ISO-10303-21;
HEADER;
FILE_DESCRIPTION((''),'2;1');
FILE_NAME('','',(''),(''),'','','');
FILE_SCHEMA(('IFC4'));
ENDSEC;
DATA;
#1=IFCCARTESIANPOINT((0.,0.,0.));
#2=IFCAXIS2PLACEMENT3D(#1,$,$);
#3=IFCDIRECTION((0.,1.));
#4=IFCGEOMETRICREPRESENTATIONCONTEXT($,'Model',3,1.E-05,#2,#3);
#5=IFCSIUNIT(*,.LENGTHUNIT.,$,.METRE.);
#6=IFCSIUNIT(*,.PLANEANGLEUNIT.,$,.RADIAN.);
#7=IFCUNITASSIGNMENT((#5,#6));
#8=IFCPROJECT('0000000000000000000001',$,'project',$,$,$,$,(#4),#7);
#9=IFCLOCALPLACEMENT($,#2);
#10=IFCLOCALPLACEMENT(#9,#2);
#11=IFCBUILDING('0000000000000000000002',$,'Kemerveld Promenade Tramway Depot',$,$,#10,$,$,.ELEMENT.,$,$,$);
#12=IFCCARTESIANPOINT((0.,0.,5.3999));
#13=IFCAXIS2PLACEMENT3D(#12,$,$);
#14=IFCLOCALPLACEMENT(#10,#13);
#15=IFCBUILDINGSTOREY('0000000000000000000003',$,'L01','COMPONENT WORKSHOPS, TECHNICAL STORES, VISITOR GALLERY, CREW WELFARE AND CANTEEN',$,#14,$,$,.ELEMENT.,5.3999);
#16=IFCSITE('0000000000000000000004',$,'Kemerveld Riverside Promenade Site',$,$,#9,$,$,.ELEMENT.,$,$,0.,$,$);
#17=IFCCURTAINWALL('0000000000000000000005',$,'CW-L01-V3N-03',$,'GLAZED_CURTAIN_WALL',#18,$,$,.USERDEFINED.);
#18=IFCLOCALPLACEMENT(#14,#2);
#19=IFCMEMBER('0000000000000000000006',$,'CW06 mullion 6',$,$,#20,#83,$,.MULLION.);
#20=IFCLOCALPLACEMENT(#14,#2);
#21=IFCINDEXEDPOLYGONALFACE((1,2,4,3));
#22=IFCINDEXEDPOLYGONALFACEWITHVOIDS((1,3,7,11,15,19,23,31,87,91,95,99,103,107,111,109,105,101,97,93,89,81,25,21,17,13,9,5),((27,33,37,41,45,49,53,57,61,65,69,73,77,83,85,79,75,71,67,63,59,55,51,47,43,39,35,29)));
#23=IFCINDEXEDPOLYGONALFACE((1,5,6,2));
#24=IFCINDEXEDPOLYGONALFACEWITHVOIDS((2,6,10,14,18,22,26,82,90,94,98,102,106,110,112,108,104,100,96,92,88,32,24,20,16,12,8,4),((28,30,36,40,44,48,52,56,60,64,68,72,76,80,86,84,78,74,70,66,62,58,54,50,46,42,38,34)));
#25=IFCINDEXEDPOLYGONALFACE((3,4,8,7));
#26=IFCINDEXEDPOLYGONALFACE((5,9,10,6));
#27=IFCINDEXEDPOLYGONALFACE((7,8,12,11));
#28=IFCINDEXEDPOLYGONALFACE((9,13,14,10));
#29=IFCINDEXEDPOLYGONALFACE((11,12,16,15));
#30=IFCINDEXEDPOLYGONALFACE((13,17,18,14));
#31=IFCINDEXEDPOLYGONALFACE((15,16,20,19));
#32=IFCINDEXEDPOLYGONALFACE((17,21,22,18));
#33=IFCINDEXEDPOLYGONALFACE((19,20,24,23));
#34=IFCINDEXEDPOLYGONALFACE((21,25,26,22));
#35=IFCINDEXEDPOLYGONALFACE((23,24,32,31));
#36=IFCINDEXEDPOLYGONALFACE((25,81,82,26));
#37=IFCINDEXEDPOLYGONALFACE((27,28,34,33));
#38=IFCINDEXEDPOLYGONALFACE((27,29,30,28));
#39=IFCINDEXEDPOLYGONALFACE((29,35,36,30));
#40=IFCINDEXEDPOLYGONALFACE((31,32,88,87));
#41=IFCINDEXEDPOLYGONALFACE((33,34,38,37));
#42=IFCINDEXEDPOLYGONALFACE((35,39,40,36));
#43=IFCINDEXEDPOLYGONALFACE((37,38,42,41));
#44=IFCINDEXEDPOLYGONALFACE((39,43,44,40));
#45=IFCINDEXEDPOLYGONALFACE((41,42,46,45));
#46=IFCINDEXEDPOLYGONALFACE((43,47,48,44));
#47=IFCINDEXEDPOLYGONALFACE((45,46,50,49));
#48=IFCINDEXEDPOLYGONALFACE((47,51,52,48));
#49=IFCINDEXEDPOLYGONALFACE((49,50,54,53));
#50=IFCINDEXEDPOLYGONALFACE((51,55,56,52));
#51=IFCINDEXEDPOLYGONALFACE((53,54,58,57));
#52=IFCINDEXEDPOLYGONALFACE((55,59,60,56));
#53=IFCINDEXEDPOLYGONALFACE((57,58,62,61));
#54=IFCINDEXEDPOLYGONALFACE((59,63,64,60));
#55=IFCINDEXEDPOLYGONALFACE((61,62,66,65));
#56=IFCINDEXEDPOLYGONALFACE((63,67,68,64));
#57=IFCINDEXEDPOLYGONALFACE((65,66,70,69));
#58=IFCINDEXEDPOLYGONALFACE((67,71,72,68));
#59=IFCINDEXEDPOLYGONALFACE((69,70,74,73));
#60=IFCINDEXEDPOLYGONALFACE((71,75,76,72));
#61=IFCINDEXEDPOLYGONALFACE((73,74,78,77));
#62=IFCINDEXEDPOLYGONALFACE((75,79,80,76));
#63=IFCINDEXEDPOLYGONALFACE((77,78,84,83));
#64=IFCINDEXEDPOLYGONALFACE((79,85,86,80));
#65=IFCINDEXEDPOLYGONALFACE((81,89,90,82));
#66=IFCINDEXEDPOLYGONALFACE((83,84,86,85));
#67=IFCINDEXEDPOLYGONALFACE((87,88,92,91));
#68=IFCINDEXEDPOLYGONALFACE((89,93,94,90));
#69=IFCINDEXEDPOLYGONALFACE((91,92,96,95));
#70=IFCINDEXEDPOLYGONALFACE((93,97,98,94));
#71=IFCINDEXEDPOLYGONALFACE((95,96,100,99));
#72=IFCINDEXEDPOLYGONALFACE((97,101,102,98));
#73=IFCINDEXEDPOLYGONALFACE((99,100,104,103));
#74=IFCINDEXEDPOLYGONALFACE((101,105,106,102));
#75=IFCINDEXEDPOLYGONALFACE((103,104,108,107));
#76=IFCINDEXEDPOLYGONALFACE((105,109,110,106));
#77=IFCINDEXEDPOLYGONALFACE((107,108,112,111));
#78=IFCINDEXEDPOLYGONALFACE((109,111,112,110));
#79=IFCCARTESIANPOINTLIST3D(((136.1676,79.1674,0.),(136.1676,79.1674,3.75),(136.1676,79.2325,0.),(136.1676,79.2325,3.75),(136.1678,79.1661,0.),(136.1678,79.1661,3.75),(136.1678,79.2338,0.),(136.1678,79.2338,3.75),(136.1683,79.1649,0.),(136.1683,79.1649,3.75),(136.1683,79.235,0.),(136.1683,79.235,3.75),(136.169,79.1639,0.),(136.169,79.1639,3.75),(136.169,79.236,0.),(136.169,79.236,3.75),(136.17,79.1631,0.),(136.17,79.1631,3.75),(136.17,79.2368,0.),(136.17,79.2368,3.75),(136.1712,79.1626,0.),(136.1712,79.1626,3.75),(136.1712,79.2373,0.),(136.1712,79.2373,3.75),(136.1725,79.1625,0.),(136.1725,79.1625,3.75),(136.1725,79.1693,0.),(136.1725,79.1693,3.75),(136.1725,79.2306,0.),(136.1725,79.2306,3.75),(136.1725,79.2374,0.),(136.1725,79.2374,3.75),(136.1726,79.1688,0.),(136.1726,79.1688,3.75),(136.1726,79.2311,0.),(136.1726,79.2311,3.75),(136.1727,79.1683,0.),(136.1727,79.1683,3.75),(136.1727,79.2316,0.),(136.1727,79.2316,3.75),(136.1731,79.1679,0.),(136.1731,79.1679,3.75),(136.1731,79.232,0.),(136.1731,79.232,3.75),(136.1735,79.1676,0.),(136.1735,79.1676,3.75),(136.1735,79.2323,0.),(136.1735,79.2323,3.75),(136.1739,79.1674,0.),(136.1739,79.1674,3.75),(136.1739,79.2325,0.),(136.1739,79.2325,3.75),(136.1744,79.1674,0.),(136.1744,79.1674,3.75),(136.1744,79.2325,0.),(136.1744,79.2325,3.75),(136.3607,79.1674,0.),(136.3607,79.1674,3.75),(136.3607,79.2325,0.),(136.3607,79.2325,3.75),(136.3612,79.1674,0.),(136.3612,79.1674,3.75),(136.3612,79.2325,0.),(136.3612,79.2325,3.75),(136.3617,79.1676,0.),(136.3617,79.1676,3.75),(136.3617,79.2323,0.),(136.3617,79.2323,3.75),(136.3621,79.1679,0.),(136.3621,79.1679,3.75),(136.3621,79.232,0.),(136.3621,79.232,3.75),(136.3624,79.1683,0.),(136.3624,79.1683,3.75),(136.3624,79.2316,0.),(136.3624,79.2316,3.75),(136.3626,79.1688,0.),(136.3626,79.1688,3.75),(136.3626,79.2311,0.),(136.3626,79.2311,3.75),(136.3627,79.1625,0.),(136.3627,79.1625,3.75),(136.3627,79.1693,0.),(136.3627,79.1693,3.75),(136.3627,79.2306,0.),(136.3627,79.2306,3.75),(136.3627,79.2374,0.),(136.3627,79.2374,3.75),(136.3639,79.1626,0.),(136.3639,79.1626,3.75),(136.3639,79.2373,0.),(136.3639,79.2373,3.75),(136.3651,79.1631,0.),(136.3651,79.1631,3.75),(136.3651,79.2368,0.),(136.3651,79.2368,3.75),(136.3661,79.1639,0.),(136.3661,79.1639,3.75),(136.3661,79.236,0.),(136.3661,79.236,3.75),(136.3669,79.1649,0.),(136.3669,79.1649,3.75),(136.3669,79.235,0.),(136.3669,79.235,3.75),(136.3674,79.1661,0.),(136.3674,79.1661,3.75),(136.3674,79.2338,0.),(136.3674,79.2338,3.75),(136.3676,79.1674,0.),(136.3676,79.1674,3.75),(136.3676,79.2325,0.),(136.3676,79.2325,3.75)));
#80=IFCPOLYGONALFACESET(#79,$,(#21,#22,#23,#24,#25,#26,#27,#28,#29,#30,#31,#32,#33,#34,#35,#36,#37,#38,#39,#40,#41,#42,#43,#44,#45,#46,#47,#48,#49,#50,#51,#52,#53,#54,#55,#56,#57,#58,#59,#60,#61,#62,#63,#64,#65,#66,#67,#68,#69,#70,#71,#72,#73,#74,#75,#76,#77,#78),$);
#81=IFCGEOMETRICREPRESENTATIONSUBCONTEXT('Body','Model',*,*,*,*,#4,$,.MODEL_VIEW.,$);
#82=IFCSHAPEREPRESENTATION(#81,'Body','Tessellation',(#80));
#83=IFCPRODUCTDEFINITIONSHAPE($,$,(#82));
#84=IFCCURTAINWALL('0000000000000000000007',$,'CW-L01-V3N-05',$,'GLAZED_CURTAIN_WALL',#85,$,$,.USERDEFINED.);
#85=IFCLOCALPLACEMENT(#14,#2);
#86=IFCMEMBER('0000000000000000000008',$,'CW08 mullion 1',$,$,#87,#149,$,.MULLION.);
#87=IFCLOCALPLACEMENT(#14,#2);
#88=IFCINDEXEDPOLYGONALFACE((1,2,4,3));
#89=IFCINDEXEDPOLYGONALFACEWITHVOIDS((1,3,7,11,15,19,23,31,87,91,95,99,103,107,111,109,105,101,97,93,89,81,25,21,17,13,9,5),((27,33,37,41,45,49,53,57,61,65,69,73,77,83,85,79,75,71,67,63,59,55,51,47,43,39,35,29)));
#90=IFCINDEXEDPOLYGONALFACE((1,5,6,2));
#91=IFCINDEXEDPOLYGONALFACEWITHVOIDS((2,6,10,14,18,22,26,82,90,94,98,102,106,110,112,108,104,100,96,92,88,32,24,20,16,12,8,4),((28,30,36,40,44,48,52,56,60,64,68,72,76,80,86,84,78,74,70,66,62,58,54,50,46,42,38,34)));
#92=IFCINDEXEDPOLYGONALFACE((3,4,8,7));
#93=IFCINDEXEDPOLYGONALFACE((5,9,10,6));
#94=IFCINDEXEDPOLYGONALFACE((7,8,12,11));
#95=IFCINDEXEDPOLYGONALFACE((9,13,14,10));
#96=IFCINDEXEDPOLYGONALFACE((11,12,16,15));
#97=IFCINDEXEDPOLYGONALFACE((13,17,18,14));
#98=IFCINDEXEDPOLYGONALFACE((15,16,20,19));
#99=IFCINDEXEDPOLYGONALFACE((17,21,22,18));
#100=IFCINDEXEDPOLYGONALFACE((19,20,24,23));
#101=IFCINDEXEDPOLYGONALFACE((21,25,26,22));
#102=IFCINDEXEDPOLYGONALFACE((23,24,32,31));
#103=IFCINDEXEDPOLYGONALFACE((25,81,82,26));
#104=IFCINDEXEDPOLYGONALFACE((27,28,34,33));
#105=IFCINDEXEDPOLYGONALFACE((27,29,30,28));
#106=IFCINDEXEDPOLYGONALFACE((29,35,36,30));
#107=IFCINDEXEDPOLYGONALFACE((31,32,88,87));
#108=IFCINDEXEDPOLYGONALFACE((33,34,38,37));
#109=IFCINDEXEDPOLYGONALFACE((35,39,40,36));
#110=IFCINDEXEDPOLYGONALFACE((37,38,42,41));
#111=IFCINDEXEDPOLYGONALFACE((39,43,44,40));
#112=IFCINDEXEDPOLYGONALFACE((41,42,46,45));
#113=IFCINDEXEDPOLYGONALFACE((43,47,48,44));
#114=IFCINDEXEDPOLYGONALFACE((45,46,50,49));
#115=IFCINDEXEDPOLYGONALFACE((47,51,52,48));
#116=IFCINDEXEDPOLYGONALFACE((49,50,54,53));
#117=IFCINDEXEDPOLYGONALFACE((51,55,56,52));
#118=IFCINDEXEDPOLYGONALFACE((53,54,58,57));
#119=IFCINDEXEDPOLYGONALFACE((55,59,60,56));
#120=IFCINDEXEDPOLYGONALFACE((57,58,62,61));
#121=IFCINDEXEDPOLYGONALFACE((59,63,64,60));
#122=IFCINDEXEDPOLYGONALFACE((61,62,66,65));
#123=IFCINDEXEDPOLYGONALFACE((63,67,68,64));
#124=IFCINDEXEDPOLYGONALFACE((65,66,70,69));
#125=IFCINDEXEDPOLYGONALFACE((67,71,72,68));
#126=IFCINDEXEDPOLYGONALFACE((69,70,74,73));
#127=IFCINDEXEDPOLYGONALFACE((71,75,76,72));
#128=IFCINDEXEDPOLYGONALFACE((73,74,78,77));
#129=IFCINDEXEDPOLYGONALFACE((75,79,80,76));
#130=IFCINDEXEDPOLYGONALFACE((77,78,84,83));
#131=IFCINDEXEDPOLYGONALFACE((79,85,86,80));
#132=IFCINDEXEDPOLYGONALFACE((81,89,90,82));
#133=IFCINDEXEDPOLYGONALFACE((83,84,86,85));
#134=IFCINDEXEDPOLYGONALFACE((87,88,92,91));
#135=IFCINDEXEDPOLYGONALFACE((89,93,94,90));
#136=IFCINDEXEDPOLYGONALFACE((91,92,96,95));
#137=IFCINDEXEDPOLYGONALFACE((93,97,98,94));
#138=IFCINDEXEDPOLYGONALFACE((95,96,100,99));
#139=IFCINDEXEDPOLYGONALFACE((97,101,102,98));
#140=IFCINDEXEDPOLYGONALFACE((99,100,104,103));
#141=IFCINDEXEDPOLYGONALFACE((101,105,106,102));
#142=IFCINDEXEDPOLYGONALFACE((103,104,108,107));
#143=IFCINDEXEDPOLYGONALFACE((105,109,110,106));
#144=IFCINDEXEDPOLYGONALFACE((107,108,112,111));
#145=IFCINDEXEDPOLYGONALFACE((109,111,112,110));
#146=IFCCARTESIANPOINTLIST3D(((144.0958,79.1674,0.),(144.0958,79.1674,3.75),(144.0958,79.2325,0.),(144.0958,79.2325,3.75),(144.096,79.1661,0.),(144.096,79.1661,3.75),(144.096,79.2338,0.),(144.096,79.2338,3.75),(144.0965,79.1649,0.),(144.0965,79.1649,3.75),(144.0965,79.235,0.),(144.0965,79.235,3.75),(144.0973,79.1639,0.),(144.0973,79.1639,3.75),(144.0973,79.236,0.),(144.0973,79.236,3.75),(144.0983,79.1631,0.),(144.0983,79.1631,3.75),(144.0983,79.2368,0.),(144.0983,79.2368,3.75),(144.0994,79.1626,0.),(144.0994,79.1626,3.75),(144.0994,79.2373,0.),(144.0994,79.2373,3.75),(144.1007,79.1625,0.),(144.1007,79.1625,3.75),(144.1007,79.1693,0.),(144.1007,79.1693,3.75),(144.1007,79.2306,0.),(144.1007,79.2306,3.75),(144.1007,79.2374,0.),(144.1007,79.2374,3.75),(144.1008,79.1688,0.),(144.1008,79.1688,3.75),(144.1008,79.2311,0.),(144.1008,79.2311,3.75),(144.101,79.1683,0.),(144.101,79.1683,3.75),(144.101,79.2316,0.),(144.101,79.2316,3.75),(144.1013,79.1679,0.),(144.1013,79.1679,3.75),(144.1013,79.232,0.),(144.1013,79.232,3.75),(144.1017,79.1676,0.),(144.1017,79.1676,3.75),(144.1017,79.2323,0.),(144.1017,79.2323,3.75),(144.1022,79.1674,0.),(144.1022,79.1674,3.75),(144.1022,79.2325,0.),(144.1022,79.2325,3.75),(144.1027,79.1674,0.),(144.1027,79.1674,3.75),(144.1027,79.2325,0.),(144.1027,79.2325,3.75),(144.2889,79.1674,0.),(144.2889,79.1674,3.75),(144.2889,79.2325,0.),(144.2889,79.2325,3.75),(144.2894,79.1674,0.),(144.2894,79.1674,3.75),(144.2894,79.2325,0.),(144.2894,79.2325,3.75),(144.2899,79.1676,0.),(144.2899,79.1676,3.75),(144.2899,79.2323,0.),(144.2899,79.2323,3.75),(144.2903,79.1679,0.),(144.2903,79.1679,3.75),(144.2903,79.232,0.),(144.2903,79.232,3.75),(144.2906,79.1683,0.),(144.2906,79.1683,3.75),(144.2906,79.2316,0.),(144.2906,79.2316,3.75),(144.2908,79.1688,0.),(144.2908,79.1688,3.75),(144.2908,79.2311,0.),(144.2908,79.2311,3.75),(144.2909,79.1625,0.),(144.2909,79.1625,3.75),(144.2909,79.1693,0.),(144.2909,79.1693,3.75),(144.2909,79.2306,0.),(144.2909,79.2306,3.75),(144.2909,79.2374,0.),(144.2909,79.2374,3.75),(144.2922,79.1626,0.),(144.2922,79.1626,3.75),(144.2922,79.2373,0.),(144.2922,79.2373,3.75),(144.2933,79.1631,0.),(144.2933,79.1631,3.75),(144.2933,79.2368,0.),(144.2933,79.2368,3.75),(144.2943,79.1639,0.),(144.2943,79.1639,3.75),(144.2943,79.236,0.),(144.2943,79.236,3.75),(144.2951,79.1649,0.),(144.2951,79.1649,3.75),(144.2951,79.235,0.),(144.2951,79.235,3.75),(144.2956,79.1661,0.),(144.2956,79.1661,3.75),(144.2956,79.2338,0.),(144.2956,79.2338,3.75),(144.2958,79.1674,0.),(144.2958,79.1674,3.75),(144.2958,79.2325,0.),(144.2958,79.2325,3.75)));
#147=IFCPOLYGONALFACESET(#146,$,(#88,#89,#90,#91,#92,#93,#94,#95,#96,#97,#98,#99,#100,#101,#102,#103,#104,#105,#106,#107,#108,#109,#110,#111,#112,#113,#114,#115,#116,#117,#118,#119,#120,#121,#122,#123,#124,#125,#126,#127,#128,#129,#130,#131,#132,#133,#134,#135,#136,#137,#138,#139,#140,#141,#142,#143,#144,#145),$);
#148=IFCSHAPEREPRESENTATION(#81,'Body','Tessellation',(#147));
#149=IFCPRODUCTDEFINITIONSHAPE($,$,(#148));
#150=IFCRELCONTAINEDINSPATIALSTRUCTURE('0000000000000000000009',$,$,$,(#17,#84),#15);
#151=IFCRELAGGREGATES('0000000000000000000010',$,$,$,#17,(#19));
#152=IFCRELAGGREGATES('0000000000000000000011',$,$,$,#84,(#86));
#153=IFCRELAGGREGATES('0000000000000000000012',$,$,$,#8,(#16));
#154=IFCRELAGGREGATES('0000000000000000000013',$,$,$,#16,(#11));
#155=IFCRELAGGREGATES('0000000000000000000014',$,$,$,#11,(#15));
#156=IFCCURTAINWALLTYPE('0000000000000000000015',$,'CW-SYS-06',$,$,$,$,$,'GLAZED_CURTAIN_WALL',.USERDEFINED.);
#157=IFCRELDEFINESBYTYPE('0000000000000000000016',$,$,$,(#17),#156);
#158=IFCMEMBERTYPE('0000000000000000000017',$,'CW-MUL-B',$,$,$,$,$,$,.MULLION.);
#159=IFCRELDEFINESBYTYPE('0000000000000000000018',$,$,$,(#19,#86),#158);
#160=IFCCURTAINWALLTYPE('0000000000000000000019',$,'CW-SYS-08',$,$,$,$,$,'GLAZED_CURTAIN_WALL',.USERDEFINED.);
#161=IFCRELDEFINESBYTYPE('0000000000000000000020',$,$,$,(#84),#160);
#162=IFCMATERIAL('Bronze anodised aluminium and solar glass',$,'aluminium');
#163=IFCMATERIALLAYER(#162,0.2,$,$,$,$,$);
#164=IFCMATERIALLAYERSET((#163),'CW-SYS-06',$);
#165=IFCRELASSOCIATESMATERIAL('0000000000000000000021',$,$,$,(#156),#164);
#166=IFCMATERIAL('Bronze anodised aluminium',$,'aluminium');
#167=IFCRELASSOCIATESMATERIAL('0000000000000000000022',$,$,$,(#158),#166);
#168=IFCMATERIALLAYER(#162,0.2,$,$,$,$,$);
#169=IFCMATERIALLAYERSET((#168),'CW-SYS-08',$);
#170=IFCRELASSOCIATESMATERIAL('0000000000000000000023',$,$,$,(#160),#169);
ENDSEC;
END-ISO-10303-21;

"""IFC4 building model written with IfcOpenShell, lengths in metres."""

from ifc_helpers import new_model, si_unit, direction, frame, origin, origin_2d, place, context, subcontext, project, spatial, hollow_rectangle, extrude, material, layer, layer_set, material_profile, profile_set, type_object, element, aggregate, save


model = new_model("IFC4")

# Units and contexts
model_context = context("Model", 3, precision=1e-05, world=origin(), true_north=direction((0.0, 1.0)))
body_context = subcontext(model_context, "Body", "Model", "MODEL_VIEW")
ifc_project = project(units=[si_unit("LENGTHUNIT", "METRE"), si_unit("PLANEANGLEUNIT", "RADIAN")], contexts=[model_context])

# Site, building, storey
site_placement = place(None, origin())
site = spatial("IfcSite", under=ifc_project, at=site_placement, Name="Kemerveld Riverside Promenade Site", CompositionType="ELEMENT", RefElevation=0.0)
building_placement = place(site_placement, origin())
building = spatial("IfcBuilding", under=site, at=building_placement, Name="Kemerveld Promenade Tramway Depot", CompositionType="ELEMENT")
storey_placement = place(building_placement, frame((0.0, 0.0, 5.3999)))
storey = spatial("IfcBuildingStorey", under=building, at=storey_placement, Name="L01", Description="COMPONENT WORKSHOPS, TECHNICAL STORES, VISITOR GALLERY, CREW WELFARE AND CANTEEN", CompositionType="ELEMENT", Elevation=5.3999)

# Curtain wall, member
ifc_material_1 = material(Name="Bronze anodised aluminium and solar glass", Category="aluminium")
ifc_layer_1 = layer(ifc_material_1, 0.2)
ifc_layer_set_1 = layer_set([ifc_layer_1], Name="CW-SYS-06")
curtain_wall_type_1 = type_object("IfcCurtainWallType", Name="CW-SYS-06", ElementType="GLAZED_CURTAIN_WALL", PredefinedType="USERDEFINED", material=ifc_layer_set_1)
curtain_wall_1_placement = place(storey_placement, origin())
curtain_wall_1 = element("IfcCurtainWall", 1, at=curtain_wall_1_placement, inside=storey, type_object=curtain_wall_type_1, Name="CW-L01-V3N-03", ObjectType="GLAZED_CURTAIN_WALL", PredefinedType="USERDEFINED")
ifc_material_2 = material(Name="Bronze anodised aluminium", Category="aluminium")
ifc_material_profile_1 = material_profile(ifc_material_2, hollow_rectangle(XDim=0.075, YDim=0.2, WallThickness=0.0049, InnerFilletRadius=0.002, OuterFilletRadius=0.0049, at=origin_2d()), Name="CW-MUL-200x75")
ifc_profile_set_1 = profile_set([ifc_material_profile_1], Name="Bronze anodised aluminium")
member_type_1 = type_object("IfcMemberType", Name="CW-MUL-B", PredefinedType="MULLION", material=ifc_profile_set_1)
member_1_placement = place(storey_placement, frame((136.2676, 79.2, 0.0), z_axis=(0.0, 0.0, 1.0), x_axis=(0.0, 1.0, 0.0)))
member_1 = element("IfcMember", 2, at=member_1_placement, type_object=member_type_1, Name="CW06 mullion 6", PredefinedType="MULLION", context=body_context, shape_type="SweptSolid", body=[
    extrude(hollow_rectangle(XDim=0.075, YDim=0.2, WallThickness=0.0049, InnerFilletRadius=0.002, OuterFilletRadius=0.0049, at=origin_2d()), origin(), (0.0, 0.0, 1.0), 3.75),
])

# Curtain wall, member
ifc_layer_2 = layer(ifc_material_1, 0.2)
ifc_layer_set_2 = layer_set([ifc_layer_2], Name="CW-SYS-08")
curtain_wall_type_2 = type_object("IfcCurtainWallType", Name="CW-SYS-08", ElementType="GLAZED_CURTAIN_WALL", PredefinedType="USERDEFINED", material=ifc_layer_set_2)
curtain_wall_2_placement = place(storey_placement, origin())
curtain_wall_2 = element("IfcCurtainWall", 3, at=curtain_wall_2_placement, inside=storey, type_object=curtain_wall_type_2, Name="CW-L01-V3N-05", ObjectType="GLAZED_CURTAIN_WALL", PredefinedType="USERDEFINED")
member_2_placement = place(storey_placement, frame((144.1958, 79.2, 0.0), z_axis=(0.0, 0.0, 1.0), x_axis=(0.0, 1.0, 0.0)))
member_2 = element("IfcMember", 4, at=member_2_placement, type_object=member_type_1, Name="CW08 mullion 1", PredefinedType="MULLION", context=body_context, shape_type="SweptSolid", body=[
    extrude(hollow_rectangle(XDim=0.075, YDim=0.2, WallThickness=0.0049, InnerFilletRadius=0.002, OuterFilletRadius=0.0049, at=origin_2d()), origin(), (0.0, 0.0, 1.0), 3.75),
])

aggregate(curtain_wall_1, [member_1])
aggregate(curtain_wall_2, [member_2])

save(model, "model.ifc")
